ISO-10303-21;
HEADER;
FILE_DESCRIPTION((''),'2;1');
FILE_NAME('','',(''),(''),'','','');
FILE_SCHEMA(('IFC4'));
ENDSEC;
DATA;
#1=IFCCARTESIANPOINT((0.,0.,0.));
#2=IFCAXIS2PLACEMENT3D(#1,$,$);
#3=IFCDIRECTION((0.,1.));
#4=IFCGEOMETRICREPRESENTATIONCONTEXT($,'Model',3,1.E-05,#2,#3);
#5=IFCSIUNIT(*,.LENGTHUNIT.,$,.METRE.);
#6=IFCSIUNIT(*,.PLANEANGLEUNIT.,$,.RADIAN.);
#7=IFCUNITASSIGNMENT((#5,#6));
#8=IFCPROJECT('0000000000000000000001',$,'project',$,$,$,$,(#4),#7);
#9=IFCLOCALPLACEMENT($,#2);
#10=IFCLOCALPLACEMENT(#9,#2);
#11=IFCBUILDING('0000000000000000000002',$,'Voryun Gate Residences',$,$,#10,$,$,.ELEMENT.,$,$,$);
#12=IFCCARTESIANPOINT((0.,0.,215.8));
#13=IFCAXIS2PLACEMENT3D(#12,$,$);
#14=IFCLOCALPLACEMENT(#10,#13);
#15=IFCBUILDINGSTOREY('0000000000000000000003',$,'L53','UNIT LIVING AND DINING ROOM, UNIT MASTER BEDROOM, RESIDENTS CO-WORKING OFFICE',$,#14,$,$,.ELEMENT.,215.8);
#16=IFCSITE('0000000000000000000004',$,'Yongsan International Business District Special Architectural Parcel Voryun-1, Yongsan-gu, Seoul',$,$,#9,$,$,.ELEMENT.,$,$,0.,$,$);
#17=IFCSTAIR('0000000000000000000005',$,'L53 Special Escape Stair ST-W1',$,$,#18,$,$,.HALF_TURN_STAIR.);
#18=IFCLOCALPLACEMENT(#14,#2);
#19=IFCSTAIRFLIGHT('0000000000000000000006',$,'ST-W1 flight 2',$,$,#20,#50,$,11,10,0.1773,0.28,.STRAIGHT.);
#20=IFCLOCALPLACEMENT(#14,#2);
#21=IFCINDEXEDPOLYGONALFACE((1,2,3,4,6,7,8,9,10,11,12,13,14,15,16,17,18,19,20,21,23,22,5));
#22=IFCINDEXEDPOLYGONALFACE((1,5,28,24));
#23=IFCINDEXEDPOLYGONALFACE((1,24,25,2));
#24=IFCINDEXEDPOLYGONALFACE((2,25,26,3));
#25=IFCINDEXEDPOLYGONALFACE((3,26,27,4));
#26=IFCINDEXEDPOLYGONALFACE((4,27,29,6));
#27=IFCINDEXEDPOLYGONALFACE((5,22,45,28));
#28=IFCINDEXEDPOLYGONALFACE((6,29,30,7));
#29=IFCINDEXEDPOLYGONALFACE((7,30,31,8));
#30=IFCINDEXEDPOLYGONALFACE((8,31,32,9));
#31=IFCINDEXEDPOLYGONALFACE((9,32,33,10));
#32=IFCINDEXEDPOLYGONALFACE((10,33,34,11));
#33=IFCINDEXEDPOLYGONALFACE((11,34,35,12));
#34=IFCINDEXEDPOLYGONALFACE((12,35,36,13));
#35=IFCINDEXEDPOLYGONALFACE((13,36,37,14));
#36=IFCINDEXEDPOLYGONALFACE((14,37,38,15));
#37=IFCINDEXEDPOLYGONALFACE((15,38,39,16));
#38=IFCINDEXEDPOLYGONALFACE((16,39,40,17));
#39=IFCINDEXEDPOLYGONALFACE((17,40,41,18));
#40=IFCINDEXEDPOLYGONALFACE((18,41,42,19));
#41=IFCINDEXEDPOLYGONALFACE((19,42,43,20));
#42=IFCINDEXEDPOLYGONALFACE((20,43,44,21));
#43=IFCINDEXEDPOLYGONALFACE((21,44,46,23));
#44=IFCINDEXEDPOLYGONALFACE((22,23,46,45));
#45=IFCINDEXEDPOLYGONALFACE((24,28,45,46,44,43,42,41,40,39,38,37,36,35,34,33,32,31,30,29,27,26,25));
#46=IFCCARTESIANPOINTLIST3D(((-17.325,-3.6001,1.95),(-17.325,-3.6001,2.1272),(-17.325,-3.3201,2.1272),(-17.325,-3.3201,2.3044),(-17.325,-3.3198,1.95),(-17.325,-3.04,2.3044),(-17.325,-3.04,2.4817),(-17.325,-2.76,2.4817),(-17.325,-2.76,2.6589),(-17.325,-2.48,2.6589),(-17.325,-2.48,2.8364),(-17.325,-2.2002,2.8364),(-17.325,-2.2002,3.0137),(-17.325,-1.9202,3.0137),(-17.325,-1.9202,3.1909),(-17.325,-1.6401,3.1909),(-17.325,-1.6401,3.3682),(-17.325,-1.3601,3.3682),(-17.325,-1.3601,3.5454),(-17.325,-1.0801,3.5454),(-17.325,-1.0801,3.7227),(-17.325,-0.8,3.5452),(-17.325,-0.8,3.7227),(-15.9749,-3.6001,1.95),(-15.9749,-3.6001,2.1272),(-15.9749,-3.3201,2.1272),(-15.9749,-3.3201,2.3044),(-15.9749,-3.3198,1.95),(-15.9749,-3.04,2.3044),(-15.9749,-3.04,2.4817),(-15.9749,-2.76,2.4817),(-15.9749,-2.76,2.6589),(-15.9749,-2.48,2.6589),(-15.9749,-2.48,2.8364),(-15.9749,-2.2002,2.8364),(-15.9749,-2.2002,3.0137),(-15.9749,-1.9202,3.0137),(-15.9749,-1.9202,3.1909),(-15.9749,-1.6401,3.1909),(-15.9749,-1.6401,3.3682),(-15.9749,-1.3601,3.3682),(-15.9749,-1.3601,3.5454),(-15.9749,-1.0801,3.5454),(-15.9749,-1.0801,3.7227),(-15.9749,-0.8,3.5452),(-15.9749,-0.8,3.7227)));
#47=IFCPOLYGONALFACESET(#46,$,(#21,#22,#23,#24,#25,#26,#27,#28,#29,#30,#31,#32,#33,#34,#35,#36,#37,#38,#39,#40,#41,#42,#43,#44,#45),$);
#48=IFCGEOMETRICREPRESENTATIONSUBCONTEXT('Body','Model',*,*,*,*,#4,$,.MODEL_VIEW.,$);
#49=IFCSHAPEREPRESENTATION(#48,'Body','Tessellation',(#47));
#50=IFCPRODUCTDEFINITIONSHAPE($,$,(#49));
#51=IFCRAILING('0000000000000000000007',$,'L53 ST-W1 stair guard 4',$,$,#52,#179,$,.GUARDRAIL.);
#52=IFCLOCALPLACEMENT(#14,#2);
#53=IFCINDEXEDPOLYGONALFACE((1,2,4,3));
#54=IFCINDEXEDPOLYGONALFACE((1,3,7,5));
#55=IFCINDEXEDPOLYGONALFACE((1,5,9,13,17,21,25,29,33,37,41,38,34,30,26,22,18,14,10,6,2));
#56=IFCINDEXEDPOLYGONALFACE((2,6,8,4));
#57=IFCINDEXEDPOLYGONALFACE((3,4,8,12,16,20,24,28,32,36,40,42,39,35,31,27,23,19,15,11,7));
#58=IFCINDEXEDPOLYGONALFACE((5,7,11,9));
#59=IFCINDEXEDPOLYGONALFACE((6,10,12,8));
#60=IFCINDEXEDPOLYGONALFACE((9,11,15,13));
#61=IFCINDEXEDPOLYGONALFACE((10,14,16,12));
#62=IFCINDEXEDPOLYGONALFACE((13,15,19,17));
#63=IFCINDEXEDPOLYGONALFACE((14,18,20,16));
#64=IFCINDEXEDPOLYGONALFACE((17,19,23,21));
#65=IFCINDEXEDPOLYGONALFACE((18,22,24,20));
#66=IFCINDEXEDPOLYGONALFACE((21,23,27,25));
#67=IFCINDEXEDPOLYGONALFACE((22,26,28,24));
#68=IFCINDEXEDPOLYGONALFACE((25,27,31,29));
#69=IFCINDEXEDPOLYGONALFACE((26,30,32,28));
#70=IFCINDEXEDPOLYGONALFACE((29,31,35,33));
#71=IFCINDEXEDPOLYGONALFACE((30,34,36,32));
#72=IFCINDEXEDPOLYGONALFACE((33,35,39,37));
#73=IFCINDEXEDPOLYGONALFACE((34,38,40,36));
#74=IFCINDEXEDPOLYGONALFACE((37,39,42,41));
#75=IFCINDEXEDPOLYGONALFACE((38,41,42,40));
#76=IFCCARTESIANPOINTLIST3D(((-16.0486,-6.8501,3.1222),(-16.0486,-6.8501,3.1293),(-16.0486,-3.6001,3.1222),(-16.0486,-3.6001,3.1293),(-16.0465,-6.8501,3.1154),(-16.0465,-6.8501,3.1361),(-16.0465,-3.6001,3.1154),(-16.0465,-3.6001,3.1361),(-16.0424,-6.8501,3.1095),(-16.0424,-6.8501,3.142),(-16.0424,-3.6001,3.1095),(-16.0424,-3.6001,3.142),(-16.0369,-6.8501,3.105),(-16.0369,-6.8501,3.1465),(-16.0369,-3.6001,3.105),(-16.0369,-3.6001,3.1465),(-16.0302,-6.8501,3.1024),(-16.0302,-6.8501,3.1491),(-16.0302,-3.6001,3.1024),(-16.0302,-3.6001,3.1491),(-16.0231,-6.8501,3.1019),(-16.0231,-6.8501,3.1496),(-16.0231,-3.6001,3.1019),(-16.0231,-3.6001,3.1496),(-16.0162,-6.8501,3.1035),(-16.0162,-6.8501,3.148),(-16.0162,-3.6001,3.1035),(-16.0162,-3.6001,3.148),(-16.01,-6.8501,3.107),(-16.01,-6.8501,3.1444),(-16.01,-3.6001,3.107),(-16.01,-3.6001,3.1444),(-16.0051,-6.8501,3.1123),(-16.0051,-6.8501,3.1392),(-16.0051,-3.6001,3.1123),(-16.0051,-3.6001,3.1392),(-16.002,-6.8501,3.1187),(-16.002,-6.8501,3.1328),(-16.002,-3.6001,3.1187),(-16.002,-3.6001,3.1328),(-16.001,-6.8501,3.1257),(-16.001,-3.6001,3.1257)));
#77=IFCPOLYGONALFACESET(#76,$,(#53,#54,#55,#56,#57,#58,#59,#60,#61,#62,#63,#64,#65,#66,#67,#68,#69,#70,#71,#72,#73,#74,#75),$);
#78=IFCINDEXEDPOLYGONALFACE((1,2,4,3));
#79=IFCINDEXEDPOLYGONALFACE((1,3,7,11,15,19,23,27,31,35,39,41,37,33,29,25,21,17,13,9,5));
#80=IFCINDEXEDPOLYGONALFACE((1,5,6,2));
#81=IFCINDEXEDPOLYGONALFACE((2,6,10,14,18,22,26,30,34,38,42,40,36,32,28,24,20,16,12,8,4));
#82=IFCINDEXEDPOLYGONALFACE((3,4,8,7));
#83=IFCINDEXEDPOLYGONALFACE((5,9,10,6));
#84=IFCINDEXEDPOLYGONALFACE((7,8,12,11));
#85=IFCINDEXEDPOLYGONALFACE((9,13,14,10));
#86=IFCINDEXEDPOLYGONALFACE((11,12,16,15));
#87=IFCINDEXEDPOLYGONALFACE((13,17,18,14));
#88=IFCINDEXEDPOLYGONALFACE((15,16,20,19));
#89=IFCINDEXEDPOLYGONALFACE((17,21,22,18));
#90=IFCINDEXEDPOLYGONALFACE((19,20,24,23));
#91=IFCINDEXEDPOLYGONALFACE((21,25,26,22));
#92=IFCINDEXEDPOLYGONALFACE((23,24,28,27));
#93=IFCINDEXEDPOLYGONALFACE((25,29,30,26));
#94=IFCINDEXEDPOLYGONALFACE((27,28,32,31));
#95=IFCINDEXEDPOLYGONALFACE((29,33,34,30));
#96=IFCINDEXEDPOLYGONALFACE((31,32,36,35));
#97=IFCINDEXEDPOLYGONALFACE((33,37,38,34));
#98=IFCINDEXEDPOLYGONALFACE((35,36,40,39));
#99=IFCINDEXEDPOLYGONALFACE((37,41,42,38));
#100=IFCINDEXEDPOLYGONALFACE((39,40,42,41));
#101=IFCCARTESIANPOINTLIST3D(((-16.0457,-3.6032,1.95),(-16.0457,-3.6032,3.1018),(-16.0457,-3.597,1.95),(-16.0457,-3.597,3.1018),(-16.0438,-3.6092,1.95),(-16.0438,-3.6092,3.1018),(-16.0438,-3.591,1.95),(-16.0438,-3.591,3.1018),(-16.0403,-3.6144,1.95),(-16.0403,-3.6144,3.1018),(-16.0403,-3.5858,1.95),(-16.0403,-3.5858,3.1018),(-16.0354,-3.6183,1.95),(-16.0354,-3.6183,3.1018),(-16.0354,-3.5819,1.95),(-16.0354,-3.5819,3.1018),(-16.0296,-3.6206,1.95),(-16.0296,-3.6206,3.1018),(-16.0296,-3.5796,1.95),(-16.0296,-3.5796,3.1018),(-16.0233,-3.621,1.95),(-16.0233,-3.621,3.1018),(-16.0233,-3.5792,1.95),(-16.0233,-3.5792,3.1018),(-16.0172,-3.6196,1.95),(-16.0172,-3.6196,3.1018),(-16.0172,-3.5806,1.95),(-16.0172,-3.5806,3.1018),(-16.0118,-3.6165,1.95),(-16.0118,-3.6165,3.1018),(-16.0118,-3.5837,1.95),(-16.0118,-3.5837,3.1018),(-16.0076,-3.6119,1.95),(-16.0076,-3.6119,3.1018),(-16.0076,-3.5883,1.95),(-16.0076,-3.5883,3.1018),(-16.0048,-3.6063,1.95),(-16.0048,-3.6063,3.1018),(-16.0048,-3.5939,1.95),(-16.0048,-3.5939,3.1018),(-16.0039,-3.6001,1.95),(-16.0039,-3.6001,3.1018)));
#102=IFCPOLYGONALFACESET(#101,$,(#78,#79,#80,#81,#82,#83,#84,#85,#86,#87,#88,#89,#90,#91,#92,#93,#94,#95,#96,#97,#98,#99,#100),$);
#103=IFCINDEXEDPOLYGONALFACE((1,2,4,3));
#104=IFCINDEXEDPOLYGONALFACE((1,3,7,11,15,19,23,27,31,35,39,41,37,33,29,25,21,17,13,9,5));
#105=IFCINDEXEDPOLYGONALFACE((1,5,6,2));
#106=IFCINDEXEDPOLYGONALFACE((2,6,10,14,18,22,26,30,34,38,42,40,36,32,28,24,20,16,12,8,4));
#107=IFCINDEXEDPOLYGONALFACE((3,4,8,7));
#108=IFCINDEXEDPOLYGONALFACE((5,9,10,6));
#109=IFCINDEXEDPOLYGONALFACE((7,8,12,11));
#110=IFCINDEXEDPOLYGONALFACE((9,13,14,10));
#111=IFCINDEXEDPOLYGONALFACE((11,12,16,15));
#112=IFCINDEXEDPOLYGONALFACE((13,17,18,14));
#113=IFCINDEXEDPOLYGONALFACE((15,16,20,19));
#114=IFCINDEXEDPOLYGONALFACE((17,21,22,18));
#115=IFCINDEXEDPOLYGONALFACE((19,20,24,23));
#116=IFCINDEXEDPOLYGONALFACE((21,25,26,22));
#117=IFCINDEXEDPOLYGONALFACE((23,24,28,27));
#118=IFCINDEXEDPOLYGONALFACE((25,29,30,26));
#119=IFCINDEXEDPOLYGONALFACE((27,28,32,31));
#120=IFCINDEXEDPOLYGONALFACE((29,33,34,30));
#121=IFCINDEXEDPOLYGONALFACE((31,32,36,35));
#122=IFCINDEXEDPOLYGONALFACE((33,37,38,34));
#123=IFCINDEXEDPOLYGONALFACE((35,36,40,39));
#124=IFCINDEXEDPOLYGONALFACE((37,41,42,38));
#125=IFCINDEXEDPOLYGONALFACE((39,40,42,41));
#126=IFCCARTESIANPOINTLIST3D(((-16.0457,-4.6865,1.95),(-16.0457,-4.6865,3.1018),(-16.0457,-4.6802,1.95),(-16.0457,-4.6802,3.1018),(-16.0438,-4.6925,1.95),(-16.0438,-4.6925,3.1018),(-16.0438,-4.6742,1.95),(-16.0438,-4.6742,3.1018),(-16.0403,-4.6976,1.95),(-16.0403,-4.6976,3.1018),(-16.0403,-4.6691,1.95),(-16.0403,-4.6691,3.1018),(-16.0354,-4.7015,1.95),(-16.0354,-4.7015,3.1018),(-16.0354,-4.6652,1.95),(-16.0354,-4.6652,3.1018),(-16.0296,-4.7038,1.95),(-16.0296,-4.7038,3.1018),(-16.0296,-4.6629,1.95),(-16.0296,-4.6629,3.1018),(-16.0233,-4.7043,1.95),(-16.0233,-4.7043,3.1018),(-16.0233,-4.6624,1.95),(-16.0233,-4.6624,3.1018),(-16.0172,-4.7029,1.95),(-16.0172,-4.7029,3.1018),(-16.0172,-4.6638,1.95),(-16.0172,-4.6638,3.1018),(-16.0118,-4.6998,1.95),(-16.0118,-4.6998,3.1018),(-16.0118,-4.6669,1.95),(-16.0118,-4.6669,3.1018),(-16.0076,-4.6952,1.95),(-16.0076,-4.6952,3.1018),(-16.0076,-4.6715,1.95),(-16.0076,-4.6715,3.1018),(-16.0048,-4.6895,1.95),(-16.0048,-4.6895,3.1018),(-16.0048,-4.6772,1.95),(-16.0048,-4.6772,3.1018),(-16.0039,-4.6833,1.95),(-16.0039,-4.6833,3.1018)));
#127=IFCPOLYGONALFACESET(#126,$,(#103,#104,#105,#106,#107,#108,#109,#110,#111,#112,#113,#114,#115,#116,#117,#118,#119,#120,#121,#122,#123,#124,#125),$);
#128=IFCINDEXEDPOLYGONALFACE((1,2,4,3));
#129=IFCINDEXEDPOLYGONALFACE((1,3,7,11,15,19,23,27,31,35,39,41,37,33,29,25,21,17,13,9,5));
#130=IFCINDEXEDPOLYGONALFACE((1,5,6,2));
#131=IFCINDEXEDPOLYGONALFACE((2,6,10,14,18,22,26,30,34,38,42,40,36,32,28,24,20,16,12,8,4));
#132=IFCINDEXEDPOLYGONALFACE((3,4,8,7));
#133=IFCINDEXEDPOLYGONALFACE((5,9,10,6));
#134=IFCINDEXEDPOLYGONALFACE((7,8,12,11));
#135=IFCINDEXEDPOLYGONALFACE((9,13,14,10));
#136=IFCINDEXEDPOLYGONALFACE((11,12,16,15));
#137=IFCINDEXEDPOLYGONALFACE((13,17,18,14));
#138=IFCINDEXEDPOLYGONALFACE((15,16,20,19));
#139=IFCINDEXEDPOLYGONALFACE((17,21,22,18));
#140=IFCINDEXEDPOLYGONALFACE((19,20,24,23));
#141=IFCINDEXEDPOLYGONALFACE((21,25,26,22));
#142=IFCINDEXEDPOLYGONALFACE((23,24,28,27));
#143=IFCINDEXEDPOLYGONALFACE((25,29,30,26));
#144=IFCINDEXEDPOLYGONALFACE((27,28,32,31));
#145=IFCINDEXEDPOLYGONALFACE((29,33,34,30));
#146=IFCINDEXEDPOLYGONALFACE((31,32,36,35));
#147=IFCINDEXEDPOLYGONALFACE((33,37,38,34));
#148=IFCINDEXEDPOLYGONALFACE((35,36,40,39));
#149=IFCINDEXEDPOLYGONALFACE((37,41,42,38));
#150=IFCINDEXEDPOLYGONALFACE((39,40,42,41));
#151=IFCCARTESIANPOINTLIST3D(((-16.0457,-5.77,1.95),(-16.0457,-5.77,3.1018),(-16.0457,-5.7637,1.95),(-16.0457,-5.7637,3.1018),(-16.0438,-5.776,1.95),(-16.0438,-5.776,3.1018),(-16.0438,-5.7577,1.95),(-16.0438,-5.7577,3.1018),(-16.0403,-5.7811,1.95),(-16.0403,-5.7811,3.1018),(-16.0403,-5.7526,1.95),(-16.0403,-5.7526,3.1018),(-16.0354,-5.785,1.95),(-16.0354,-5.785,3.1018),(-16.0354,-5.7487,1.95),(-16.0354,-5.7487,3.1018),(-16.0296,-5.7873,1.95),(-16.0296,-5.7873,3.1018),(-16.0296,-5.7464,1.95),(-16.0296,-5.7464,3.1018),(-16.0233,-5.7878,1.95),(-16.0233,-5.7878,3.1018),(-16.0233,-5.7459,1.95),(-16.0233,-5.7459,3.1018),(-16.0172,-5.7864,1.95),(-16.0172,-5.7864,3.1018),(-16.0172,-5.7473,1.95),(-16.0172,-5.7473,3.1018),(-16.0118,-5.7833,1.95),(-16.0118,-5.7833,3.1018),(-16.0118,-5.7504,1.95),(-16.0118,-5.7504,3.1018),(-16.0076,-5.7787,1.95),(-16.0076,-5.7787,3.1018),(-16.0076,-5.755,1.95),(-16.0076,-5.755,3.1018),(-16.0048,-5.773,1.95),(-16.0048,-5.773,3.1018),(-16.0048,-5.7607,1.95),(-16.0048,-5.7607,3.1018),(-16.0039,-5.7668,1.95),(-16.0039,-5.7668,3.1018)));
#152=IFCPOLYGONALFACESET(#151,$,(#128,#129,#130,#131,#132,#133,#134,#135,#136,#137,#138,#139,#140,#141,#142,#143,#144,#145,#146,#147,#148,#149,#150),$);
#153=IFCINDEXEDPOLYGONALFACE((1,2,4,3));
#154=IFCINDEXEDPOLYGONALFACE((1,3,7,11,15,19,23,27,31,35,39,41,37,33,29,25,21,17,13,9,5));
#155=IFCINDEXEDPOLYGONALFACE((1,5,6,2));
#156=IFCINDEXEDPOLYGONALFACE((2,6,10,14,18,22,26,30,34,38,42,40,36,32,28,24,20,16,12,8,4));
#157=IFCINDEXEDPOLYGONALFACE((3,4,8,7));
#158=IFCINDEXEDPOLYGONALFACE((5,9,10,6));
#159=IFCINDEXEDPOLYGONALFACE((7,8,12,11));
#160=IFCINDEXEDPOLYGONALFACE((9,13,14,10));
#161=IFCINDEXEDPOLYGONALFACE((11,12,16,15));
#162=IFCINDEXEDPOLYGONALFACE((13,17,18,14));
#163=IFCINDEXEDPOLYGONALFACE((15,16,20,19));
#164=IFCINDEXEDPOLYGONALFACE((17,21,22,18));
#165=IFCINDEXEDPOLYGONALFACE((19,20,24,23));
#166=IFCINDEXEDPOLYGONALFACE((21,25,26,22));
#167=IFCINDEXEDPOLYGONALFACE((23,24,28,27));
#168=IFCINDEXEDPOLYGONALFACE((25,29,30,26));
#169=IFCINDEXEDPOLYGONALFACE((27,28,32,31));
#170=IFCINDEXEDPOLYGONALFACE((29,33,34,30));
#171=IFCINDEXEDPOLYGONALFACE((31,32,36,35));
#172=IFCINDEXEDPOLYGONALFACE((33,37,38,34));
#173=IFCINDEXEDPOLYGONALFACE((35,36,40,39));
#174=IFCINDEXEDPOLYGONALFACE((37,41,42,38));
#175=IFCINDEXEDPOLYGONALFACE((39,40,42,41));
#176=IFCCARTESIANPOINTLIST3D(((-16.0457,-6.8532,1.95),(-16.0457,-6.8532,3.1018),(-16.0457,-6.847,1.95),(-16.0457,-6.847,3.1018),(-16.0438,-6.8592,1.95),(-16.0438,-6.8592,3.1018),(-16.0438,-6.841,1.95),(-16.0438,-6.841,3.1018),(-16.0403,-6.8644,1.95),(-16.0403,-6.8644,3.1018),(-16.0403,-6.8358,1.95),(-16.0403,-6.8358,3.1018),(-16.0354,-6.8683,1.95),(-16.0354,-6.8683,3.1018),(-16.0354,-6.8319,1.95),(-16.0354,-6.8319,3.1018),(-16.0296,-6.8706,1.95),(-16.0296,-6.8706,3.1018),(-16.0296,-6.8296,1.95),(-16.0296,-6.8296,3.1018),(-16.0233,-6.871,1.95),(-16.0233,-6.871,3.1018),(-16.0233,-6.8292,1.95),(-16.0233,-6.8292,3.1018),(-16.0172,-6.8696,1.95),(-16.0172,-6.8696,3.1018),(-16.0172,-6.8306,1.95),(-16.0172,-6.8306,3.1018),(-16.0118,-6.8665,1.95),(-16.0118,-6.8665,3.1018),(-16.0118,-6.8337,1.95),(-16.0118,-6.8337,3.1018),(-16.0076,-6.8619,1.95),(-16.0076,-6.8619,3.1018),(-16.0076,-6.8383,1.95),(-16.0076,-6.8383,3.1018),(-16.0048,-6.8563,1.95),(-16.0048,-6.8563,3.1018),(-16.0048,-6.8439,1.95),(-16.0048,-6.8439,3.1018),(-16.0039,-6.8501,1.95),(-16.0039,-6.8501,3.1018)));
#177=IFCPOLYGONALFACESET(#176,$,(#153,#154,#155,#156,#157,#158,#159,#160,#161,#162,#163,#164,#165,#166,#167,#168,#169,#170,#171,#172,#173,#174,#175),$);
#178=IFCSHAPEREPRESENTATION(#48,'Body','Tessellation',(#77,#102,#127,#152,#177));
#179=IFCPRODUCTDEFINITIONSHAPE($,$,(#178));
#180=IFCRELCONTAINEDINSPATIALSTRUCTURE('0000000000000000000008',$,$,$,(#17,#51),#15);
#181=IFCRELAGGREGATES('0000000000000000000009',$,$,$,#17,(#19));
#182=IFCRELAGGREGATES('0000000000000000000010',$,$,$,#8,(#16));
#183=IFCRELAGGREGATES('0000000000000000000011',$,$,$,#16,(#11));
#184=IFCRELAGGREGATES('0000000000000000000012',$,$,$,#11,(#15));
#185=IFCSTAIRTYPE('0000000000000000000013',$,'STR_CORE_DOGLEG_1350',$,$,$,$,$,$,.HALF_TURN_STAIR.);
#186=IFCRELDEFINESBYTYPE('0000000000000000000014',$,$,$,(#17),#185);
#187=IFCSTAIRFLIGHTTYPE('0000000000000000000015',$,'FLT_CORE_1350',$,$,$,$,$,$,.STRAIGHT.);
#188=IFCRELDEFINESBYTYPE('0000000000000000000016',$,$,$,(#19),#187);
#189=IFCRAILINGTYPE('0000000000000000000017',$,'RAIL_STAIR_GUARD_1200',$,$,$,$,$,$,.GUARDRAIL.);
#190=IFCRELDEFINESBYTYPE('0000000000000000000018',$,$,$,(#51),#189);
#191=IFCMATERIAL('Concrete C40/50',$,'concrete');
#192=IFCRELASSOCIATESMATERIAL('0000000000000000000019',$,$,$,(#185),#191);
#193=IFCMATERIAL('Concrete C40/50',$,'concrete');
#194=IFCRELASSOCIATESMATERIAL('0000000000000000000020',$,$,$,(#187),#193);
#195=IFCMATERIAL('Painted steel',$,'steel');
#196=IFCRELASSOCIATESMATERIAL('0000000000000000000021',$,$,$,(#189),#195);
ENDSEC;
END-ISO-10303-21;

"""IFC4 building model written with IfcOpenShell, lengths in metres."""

from ifc_helpers import new_model, si_unit, direction, frame, origin, origin_2d, place, context, subcontext, project, spatial, polyline, circle, outline, extrude, material, type_object, element, aggregate, save


model = new_model("IFC4")

# Units and contexts
model_context = context("Model", 3, precision=1e-05, world=origin(), true_north=direction((0.0, 1.0)))
body_context = subcontext(model_context, "Body", "Model", "MODEL_VIEW")
ifc_project = project(units=[si_unit("LENGTHUNIT", "METRE"), si_unit("PLANEANGLEUNIT", "RADIAN")], contexts=[model_context])

# Site, building, storey
site_placement = place(None, origin())
site = spatial("IfcSite", under=ifc_project, at=site_placement, Name="Yongsan International Business District Special Architectural Parcel Voryun-1, Yongsan-gu, Seoul", CompositionType="ELEMENT", RefElevation=0.0)
building_placement = place(site_placement, origin())
building = spatial("IfcBuilding", under=site, at=building_placement, Name="Voryun Gate Residences", CompositionType="ELEMENT")
storey_placement = place(building_placement, frame((0.0, 0.0, 215.8)))
storey = spatial("IfcBuildingStorey", under=building, at=storey_placement, Name="L53", Description="UNIT LIVING AND DINING ROOM, UNIT MASTER BEDROOM, RESIDENTS CO-WORKING OFFICE", CompositionType="ELEMENT", Elevation=215.8)

# Stair, stair flight
ifc_material_1 = material(Name="Concrete C40/50", Category="concrete")
stair_type = type_object("IfcStairType", Name="STR_CORE_DOGLEG_1350", PredefinedType="HALF_TURN_STAIR", material=ifc_material_1)
stair_placement = place(storey_placement, origin())
stair = element("IfcStair", 1, at=stair_placement, inside=storey, type_object=stair_type, Name="L53 Special Escape Stair ST-W1", PredefinedType="HALF_TURN_STAIR")
ifc_material_2 = material(Name="Concrete C40/50", Category="concrete")
stair_flight_type = type_object("IfcStairFlightType", Name="FLT_CORE_1350", PredefinedType="STRAIGHT", material=ifc_material_2)
stair_flight_placement = place(storey_placement, frame((-16.6499, -3.6001, 1.95), z_axis=(0.0, 0.0, 1.0), x_axis=(0.0, 1.0, 0.0)))
stair_flight = element("IfcStairFlight", 2, at=stair_flight_placement, type_object=stair_flight_type, Name="ST-W1 flight 2", NumberOfRisers=11, NumberOfTreads=10, PredefinedType="STRAIGHT", RiserHeight=0.1773, TreadLength=0.28, context=body_context, shape_type="SweptSolid", body=[
    extrude(outline(polyline([(0.0, 0.0), (0.0, 0.1772), (0.28, 0.1772), (0.28, 0.3545), (0.5601, 0.3545), (0.5601, 0.5317), (0.8401, 0.5317), (0.8401, 0.709), (1.1201, 0.709), (1.1201, 0.8865), (1.3999, 0.8865), (1.3999, 1.0637), (1.6799, 1.0637), (1.6799, 1.241), (1.96, 1.241), (1.96, 1.4182), (2.24, 1.4182), (2.24, 1.5955), (2.52, 1.5955), (2.52, 1.7727), (2.8, 1.7727), (2.8, 1.95), (2.8, 1.5952), (0.2803, 0.0), (0.0, 0.0)])), frame((0.0, 0.675, 0.0), z_axis=(0.0, -1.0, 0.0), x_axis=(1.0, 0.0, 0.0)), (0.0, 0.0, 1.0), 1.3501),
])
aggregate(stair, [stair_flight])

# Railing
ifc_material_3 = material(Name="Painted steel", Category="steel")
railing_type_1 = type_object("IfcRailingType", Name="RAIL_STAIR_GUARD_1200", PredefinedType="GUARDRAIL", material=ifc_material_3)
railing_1_placement = place(storey_placement, frame((-16.0249, -3.6001, 1.95)))
element("IfcRailing", 3, at=railing_1_placement, inside=storey, type_object=railing_type_1, Name="L53 ST-W1 stair guard 4", PredefinedType="GUARDRAIL", context=body_context, shape_type="SweptSolid", body=[
    extrude(circle(Radius=0.0239, at=origin_2d()), frame((0.0, 0.0, 1.1758), z_axis=(0.0, -1.0, 0.0), x_axis=(1.0, 0.0, 0.0)), (0.0, 0.0, 1.0), 3.25),
    extrude(circle(Radius=0.021, at=origin_2d()), origin(), (0.0, 0.0, 1.0), 1.1519),
    extrude(circle(Radius=0.021, at=origin_2d()), frame((0.0, -1.0833, 0.0)), (0.0, 0.0, 1.0), 1.1519),
    extrude(circle(Radius=0.021, at=origin_2d()), frame((0.0, -2.1667, 0.0)), (0.0, 0.0, 1.0), 1.1519),
    extrude(circle(Radius=0.021, at=origin_2d()), frame((0.0, -3.25, 0.0)), (0.0, 0.0, 1.0), 1.1519),
])

save(model, "model.ifc")
